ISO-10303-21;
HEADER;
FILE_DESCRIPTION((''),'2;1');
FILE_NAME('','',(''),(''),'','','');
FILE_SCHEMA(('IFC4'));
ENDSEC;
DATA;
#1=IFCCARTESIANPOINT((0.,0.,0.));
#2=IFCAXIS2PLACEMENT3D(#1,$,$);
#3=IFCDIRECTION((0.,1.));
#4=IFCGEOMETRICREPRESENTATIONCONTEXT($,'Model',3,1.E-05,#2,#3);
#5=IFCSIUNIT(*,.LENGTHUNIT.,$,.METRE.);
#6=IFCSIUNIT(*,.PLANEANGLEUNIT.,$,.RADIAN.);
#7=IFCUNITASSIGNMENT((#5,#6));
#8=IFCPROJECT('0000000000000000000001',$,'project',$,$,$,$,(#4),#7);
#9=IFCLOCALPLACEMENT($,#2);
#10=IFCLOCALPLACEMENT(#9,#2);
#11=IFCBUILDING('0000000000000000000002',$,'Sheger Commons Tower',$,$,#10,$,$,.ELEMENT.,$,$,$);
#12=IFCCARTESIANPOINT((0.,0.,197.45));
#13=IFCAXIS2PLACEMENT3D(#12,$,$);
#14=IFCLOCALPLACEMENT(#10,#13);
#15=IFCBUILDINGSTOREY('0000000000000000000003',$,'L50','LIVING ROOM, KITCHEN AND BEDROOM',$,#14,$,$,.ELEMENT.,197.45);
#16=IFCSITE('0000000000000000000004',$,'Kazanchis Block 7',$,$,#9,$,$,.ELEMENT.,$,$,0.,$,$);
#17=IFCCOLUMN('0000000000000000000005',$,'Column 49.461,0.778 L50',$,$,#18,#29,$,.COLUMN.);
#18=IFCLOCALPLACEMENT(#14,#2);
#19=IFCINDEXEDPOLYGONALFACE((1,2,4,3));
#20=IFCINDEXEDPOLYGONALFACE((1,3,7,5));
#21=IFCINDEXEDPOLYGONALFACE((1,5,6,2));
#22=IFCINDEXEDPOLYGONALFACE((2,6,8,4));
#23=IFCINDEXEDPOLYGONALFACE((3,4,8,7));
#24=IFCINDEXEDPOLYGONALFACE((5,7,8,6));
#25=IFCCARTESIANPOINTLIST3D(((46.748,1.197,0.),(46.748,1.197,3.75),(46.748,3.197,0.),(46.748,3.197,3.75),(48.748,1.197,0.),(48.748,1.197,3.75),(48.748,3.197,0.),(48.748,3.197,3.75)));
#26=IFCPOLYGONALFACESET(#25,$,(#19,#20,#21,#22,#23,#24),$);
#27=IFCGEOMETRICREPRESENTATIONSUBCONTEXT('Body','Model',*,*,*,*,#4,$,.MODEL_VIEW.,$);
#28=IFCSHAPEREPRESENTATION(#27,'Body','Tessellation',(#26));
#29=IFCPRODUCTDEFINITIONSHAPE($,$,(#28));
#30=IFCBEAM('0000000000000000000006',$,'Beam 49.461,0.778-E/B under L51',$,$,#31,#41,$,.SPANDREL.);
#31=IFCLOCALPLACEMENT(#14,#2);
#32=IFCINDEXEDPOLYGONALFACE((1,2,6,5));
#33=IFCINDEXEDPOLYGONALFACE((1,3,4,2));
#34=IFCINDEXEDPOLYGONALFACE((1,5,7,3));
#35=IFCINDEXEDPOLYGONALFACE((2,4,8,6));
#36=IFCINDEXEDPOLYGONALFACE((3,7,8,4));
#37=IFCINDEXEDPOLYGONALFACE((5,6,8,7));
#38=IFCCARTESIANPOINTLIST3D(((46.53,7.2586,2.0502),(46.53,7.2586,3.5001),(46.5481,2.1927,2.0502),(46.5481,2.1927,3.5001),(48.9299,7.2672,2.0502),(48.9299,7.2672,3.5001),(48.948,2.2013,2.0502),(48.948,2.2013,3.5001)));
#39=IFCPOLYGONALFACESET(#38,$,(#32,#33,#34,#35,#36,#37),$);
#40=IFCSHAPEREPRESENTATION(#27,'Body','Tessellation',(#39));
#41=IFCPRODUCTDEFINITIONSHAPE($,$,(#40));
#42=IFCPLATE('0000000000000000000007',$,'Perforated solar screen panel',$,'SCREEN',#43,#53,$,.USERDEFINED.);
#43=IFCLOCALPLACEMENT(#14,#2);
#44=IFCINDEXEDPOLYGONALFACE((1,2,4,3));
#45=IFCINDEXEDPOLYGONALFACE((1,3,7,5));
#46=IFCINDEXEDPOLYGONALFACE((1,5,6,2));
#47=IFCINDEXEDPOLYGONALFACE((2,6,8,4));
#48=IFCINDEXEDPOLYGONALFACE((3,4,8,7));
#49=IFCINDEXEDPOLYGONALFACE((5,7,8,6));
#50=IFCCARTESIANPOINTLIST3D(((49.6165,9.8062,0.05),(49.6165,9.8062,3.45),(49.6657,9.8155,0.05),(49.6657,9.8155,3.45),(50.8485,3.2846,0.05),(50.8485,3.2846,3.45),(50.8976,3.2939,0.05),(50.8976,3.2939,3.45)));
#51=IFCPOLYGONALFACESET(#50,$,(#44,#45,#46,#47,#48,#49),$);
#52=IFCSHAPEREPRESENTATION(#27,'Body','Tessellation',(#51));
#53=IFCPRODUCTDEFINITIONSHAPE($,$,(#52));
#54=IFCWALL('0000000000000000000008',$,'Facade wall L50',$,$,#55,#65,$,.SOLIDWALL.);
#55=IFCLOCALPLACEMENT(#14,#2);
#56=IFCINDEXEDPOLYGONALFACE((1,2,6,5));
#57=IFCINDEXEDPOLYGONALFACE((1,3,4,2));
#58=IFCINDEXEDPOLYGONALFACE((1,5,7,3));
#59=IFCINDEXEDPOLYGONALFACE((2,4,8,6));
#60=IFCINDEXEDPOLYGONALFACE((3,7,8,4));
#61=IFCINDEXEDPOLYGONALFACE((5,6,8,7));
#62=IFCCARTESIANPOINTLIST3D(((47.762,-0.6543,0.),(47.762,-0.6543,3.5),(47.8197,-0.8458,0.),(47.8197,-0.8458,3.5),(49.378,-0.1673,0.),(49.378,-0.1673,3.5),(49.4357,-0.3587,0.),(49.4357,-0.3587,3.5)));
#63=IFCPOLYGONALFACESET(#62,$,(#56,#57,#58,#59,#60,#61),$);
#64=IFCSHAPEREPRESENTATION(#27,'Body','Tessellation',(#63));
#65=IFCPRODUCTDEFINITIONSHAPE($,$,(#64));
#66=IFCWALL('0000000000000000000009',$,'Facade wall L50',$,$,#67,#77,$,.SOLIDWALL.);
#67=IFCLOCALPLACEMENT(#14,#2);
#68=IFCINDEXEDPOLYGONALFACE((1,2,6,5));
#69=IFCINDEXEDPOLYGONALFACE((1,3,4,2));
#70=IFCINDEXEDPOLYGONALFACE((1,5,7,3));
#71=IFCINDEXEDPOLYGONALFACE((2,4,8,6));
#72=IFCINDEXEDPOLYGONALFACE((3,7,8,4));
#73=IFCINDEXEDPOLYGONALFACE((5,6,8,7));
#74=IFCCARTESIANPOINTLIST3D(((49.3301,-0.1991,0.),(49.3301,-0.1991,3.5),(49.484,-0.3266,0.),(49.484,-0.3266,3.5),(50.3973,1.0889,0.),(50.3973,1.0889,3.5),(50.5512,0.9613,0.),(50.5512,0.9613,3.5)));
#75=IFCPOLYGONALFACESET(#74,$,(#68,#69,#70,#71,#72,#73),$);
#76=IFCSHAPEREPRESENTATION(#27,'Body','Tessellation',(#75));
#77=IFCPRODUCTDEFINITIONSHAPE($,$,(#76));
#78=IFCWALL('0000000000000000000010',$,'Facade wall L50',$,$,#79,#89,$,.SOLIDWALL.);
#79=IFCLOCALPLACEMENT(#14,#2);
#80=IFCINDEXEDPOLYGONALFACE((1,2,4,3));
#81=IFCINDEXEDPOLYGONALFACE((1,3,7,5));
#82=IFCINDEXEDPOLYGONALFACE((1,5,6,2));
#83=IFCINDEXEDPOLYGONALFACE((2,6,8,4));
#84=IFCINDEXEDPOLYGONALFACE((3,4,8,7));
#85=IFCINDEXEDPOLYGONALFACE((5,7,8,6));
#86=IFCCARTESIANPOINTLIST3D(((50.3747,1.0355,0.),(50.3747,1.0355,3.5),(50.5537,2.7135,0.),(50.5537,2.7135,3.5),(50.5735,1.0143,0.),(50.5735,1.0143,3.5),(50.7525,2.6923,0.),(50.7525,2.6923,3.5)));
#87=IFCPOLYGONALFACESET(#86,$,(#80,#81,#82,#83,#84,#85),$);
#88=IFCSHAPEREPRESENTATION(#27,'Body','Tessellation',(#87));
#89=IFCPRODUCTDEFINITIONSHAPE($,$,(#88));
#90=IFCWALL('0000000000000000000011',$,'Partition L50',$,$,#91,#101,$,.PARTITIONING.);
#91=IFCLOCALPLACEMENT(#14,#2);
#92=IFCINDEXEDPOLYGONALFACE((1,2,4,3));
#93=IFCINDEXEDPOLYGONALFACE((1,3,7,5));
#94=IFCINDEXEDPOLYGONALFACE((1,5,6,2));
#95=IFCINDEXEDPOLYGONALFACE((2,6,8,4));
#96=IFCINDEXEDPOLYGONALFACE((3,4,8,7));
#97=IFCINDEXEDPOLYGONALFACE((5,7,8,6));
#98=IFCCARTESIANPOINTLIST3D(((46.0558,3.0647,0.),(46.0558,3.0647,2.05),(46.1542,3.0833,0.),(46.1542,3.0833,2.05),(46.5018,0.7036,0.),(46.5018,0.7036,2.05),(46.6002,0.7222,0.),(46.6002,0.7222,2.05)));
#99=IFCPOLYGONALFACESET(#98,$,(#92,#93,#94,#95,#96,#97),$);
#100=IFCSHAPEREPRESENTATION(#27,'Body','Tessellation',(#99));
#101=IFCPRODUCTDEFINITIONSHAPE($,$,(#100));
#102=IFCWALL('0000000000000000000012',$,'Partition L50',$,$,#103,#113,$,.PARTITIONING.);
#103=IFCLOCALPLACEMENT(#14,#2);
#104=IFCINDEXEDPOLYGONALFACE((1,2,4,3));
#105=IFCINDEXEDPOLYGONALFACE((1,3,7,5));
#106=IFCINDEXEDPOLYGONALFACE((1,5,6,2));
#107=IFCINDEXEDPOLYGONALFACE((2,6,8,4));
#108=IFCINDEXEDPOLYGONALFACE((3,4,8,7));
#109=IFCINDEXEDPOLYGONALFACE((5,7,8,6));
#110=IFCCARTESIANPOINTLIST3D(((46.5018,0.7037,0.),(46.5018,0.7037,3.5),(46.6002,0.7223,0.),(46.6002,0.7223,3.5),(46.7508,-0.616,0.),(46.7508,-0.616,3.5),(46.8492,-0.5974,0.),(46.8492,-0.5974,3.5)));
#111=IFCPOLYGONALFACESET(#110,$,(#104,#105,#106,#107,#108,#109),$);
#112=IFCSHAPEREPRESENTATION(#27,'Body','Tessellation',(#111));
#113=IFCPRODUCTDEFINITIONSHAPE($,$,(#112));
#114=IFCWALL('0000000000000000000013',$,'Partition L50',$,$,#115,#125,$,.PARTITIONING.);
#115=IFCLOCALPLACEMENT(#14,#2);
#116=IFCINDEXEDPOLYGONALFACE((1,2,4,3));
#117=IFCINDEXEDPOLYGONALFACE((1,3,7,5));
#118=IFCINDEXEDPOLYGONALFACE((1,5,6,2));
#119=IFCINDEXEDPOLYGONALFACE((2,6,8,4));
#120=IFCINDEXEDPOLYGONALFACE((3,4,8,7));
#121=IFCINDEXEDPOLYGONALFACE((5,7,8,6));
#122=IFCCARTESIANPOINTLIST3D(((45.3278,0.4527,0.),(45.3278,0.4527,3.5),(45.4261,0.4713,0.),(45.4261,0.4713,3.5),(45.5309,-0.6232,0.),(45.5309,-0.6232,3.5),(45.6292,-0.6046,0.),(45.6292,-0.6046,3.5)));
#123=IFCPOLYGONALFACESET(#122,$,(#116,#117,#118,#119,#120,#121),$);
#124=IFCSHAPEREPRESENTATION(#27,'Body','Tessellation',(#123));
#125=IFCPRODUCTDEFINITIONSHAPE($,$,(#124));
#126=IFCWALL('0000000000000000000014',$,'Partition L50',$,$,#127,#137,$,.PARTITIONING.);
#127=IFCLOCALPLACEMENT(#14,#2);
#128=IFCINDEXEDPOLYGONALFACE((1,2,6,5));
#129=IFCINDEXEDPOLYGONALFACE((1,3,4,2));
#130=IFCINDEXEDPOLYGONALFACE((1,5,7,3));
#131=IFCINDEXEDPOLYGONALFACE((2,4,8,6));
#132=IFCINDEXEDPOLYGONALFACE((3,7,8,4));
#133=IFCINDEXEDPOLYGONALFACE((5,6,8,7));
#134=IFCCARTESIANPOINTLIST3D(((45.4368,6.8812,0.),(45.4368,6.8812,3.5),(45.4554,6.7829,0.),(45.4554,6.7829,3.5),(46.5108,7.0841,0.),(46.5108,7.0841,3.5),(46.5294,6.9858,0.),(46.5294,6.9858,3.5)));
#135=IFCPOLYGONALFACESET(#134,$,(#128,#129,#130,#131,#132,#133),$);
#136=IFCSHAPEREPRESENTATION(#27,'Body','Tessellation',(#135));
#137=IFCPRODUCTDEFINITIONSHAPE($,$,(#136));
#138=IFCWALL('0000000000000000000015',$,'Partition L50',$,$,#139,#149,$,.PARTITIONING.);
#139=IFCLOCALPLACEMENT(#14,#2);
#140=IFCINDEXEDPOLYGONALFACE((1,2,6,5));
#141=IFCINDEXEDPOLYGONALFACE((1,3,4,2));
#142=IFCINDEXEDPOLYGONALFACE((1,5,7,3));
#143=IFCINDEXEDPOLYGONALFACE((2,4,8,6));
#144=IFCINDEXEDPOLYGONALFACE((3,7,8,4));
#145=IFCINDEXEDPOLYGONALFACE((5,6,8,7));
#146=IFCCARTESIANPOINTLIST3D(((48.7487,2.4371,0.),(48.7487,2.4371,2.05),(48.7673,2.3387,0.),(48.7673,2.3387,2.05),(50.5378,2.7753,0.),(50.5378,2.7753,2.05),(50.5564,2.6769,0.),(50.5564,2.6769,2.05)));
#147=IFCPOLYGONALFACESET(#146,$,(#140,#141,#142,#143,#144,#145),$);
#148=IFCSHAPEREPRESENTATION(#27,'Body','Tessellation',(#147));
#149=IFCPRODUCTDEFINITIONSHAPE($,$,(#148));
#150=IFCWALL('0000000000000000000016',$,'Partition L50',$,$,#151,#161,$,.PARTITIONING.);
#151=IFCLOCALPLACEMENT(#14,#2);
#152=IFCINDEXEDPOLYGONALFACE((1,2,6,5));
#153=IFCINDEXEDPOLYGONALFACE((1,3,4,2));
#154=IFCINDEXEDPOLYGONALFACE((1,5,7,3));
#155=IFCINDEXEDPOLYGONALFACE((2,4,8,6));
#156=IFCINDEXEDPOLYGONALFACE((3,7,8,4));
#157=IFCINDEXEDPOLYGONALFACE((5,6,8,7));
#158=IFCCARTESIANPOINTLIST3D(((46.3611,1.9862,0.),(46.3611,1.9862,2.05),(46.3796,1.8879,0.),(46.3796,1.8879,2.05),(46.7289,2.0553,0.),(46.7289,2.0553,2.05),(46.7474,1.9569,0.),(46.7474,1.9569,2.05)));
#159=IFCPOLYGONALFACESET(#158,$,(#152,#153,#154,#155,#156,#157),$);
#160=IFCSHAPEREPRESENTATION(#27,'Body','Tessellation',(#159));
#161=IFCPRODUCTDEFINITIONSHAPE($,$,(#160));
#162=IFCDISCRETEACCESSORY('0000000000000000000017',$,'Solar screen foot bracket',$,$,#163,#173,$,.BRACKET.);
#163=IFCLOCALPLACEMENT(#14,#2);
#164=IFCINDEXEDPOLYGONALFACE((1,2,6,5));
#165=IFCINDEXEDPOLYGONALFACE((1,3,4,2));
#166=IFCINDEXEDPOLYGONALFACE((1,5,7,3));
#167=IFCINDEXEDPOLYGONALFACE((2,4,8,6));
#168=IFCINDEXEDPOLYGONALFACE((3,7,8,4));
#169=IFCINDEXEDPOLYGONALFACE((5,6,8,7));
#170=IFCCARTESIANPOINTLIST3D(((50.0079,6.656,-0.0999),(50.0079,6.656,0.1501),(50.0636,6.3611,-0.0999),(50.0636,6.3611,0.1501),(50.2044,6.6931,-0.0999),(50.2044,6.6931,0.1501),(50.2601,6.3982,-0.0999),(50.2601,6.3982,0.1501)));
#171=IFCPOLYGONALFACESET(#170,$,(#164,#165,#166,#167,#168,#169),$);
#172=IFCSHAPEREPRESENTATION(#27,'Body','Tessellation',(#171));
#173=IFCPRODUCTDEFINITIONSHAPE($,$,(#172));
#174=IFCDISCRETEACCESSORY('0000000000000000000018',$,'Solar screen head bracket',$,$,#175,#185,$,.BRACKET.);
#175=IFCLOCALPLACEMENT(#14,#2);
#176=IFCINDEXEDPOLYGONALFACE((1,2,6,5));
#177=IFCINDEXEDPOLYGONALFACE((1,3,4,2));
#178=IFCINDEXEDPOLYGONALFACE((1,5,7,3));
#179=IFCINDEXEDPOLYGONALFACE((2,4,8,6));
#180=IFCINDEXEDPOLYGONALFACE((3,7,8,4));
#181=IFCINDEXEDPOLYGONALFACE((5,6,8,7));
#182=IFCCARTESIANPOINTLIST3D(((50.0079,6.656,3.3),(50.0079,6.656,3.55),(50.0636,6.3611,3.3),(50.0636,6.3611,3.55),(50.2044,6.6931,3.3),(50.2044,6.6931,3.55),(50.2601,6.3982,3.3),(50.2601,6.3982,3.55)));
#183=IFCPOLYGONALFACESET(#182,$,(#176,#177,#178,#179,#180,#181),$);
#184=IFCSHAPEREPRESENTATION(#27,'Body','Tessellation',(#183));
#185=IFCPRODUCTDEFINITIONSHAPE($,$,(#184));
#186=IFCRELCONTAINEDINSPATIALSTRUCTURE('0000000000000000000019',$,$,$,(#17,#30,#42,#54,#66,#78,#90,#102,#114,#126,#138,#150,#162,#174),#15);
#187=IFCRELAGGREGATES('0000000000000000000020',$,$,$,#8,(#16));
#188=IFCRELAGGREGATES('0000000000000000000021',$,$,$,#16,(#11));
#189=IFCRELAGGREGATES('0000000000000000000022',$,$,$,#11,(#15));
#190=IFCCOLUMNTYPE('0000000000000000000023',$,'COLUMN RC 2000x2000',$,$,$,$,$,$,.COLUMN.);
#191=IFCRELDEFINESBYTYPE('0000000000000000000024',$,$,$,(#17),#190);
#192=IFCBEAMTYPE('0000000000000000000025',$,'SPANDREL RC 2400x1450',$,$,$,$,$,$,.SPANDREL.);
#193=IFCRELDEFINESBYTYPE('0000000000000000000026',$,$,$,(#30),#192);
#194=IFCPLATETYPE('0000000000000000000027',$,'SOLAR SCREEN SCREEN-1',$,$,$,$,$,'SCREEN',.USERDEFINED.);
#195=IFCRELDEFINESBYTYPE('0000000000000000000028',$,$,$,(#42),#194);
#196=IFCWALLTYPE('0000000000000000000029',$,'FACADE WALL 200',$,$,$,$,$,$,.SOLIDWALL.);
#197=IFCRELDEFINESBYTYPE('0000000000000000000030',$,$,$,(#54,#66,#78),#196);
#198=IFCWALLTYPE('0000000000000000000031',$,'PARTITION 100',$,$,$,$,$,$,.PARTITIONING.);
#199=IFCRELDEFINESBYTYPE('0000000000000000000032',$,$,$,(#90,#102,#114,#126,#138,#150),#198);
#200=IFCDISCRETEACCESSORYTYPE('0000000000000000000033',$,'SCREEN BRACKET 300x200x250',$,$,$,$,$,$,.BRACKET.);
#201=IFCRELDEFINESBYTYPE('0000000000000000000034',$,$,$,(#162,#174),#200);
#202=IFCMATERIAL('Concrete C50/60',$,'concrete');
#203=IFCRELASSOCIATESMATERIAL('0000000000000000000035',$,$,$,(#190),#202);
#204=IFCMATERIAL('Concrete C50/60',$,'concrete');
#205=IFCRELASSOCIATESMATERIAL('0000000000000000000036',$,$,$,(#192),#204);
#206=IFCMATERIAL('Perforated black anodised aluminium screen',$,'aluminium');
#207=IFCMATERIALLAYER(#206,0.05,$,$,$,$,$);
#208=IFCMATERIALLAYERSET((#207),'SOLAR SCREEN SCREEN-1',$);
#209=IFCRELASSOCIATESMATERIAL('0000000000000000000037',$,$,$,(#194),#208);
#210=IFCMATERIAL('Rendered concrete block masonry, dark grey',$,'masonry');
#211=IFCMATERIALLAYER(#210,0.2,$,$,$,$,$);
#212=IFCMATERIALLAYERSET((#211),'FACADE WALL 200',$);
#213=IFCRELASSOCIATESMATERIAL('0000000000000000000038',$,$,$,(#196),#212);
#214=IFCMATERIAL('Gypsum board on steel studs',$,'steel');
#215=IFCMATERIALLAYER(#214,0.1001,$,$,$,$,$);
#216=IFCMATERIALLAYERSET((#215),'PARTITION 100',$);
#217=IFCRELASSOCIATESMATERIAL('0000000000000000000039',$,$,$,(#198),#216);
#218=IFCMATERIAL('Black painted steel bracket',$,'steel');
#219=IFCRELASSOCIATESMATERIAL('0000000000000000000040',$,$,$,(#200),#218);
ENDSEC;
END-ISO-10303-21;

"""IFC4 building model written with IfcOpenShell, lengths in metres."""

from ifc_helpers import new_model, si_unit, direction, frame, frame_2d, origin, origin_2d, place, context, subcontext, project, spatial, rectangle, extrude, material, layer, layer_set, material_profile, profile_set, type_object, element, save


model = new_model("IFC4")

# Units and contexts
model_context = context("Model", 3, precision=1e-05, world=origin(), true_north=direction((0.0, 1.0)))
body_context = subcontext(model_context, "Body", "Model", "MODEL_VIEW")
ifc_project = project(units=[si_unit("LENGTHUNIT", "METRE"), si_unit("PLANEANGLEUNIT", "RADIAN")], contexts=[model_context])

# Site, building, storey
site_placement = place(None, origin())
site = spatial("IfcSite", under=ifc_project, at=site_placement, Name="Kazanchis Block 7", CompositionType="ELEMENT", RefElevation=0.0)
building_placement = place(site_placement, origin())
building = spatial("IfcBuilding", under=site, at=building_placement, Name="Sheger Commons Tower", CompositionType="ELEMENT")
storey_placement = place(building_placement, frame((0.0, 0.0, 197.45)))
storey = spatial("IfcBuildingStorey", under=building, at=storey_placement, Name="L50", Description="LIVING ROOM, KITCHEN AND BEDROOM", CompositionType="ELEMENT", Elevation=197.45)

# Column
ifc_material_1 = material(Name="Concrete C50/60", Category="concrete")
ifc_material_profile_1 = material_profile(ifc_material_1, rectangle(XDim=2.0, YDim=2.0, at=origin_2d()), Name="RC 2000x2000")
ifc_profile_set_1 = profile_set([ifc_material_profile_1], Name="Concrete C50/60")
column_type = type_object("IfcColumnType", Name="COLUMN RC 2000x2000", PredefinedType="COLUMN", material=ifc_profile_set_1)
column_placement = place(storey_placement, frame((47.748, 2.197, 0.0), z_axis=(0.0, 0.0, 1.0), x_axis=(1.0, 0.0, 0.0)))
element("IfcColumn", 1, at=column_placement, inside=storey, type_object=column_type, Name="Column 49.461,0.778 L50", PredefinedType="COLUMN", context=body_context, shape_type="SweptSolid", body=[
    extrude(rectangle(XDim=2.0, YDim=2.0, at=origin_2d()), origin(), (0.0, 0.0, 1.0), 3.75),
])

# Beam
ifc_material_2 = material(Name="Concrete C50/60", Category="concrete")
ifc_material_profile_2 = material_profile(ifc_material_2, rectangle(XDim=2.3999, YDim=1.45, at=origin_2d()), Name="RC 2400x1450")
ifc_profile_set_2 = profile_set([ifc_material_profile_2], Name="Concrete C50/60")
beam_type = type_object("IfcBeamType", Name="SPANDREL RC 2400x1450", PredefinedType="SPANDREL", material=ifc_profile_set_2)
beam_placement = place(storey_placement, frame((47.748, 2.197, 2.7751), z_axis=(-0.003566, 0.999994, 0.0), x_axis=(-0.999994, -0.003566, 0.0)))
element("IfcBeam", 2, at=beam_placement, inside=storey, type_object=beam_type, Name="Beam 49.461,0.778-E/B under L51", PredefinedType="SPANDREL", context=body_context, shape_type="SweptSolid", body=[
    extrude(rectangle(XDim=2.3999, YDim=1.45, at=origin_2d()), origin(), (0.0, 0.0, 1.0), 5.0659),
])

# Plate
ifc_material_3 = material(Name="Perforated black anodised aluminium screen", Category="aluminium")
ifc_layer_1 = layer(ifc_material_3, 0.05)
ifc_layer_set_1 = layer_set([ifc_layer_1], Name="SOLAR SCREEN SCREEN-1")
plate_type = type_object("IfcPlateType", Name="SOLAR SCREEN SCREEN-1", ElementType="SCREEN", PredefinedType="USERDEFINED", material=ifc_layer_set_1)
plate_placement = place(storey_placement, frame((50.2571, 6.55, 0.05), z_axis=(0.0, 0.0, 1.0), x_axis=(-0.185615, 0.982623, 0.0)))
element("IfcPlate", 3, at=plate_placement, inside=storey, type_object=plate_type, Name="Perforated solar screen panel", ObjectType="SCREEN", PredefinedType="USERDEFINED", context=body_context, shape_type="SweptSolid", body=[
    extrude(rectangle(XDim=6.637, YDim=0.05, at=origin_2d()), origin(), (0.0, 0.0, 1.0), 3.3999),
])

# Walls
ifc_material_4 = material(Name="Rendered concrete block masonry, dark grey", Category="masonry")
ifc_layer_2 = layer(ifc_material_4, 0.2)
ifc_layer_set_2 = layer_set([ifc_layer_2], Name="FACADE WALL 200")
wall_type_1 = type_object("IfcWallType", Name="FACADE WALL 200", PredefinedType="SOLIDWALL", material=ifc_layer_set_2)
wall_1_placement = place(storey_placement, frame((47.791, -0.75, 0.0), z_axis=(0.0, 0.0, 1.0), x_axis=(0.957455, 0.288582, 0.0)))
element("IfcWall", 4, at=wall_1_placement, inside=storey, type_object=wall_type_1, Name="Facade wall L50", PredefinedType="SOLIDWALL", context=body_context, shape_type="SweptSolid", body=[
    extrude(rectangle(XDim=1.6877, YDim=0.2, at=frame_2d((0.8438, 0.0))), origin(), (0.0, 0.0, 1.0), 3.5),
])
wall_2_placement = place(storey_placement, frame((49.407, -0.2629, 0.0), z_axis=(0.0, 0.0, 1.0), x_axis=(0.638043, 0.770001, 0.0)))
element("IfcWall", 5, at=wall_2_placement, inside=storey, type_object=wall_type_1, Name="Facade wall L50", PredefinedType="SOLIDWALL", context=body_context, shape_type="SweptSolid", body=[
    extrude(rectangle(XDim=1.6726, YDim=0.2, at=frame_2d((0.8364, 0.0))), origin(), (0.0, 0.0, 1.0), 3.5),
])
wall_3_placement = place(storey_placement, frame((50.4741, 1.0249, 0.0), z_axis=(0.0, 0.0, 1.0), x_axis=(0.106048, 0.994361, 0.0)))
element("IfcWall", 6, at=wall_3_placement, inside=storey, type_object=wall_type_1, Name="Facade wall L50", PredefinedType="SOLIDWALL", context=body_context, shape_type="SweptSolid", body=[
    extrude(rectangle(XDim=1.6875, YDim=0.2, at=frame_2d((0.8438, 0.0))), origin(), (0.0, 0.0, 1.0), 3.5),
])

# Walls
ifc_material_5 = material(Name="Gypsum board on steel studs", Category="steel")
ifc_layer_3 = layer(ifc_material_5, 0.1001)
ifc_layer_set_3 = layer_set([ifc_layer_3], Name="PARTITION 100")
wall_type_2 = type_object("IfcWallType", Name="PARTITION 100", PredefinedType="PARTITIONING", material=ifc_layer_set_3)
wall_4_placement = place(storey_placement, frame((46.105, 3.074, 0.0), z_axis=(0.0, 0.0, 1.0), x_axis=(0.185632, -0.982619, 0.0)))
element("IfcWall", 7, at=wall_4_placement, inside=storey, type_object=wall_type_2, Name="Partition L50", PredefinedType="PARTITIONING", context=body_context, shape_type="SweptSolid", body=[
    extrude(rectangle(XDim=2.4028, YDim=0.1001, at=frame_2d((1.2014, 0.0))), origin(), (0.0, 0.0, 1.0), 2.05),
])
wall_5_placement = place(storey_placement, frame((46.551, 0.7129, 0.0), z_axis=(0.0, 0.0, 1.0), x_axis=(0.185408, -0.982662, 0.0)))
element("IfcWall", 8, at=wall_5_placement, inside=storey, type_object=wall_type_2, Name="Partition L50", PredefinedType="PARTITIONING", context=body_context, shape_type="SweptSolid", body=[
    extrude(rectangle(XDim=1.343, YDim=0.1001, at=frame_2d((0.6714, 0.0))), origin(), (0.0, 0.0, 1.0), 3.5),
])
wall_6_placement = place(storey_placement, frame((45.377, 0.4619, 0.0), z_axis=(0.0, 0.0, 1.0), x_axis=(0.185513, -0.982642, 0.0)))
element("IfcWall", 9, at=wall_6_placement, inside=storey, type_object=wall_type_2, Name="Partition L50", PredefinedType="PARTITIONING", context=body_context, shape_type="SweptSolid", body=[
    extrude(rectangle(XDim=1.095, YDim=0.1001, at=frame_2d((0.5474, 0.0))), origin(), (0.0, 0.0, 1.0), 3.5),
])
wall_7_placement = place(storey_placement, frame((46.52, 7.0349, 0.0), z_axis=(0.0, 0.0, 1.0), x_axis=(-0.982621, -0.185624, 0.0)))
element("IfcWall", 10, at=wall_7_placement, inside=storey, type_object=wall_type_2, Name="Partition L50", PredefinedType="PARTITIONING", context=body_context, shape_type="SweptSolid", body=[
    extrude(rectangle(XDim=1.093, YDim=0.1001, at=frame_2d((0.5464, 0.0))), origin(), (0.0, 0.0, 1.0), 3.5),
])
wall_8_placement = place(storey_placement, frame((50.5471, 2.7261, 0.0), z_axis=(0.0, 0.0, 1.0), x_axis=(-0.982604, -0.185713, 0.0)))
element("IfcWall", 11, at=wall_8_placement, inside=storey, type_object=wall_type_2, Name="Partition L50", PredefinedType="PARTITIONING", context=body_context, shape_type="SweptSolid", body=[
    extrude(rectangle(XDim=1.8208, YDim=0.1001, at=frame_2d((0.9104, 0.0))), origin(), (0.0, 0.0, 1.0), 2.05),
])
wall_9_placement = place(storey_placement, frame((46.738, 2.0061, 0.0), z_axis=(0.0, 0.0, 1.0), x_axis=(-0.98282, -0.184564, 0.0)))
element("IfcWall", 12, at=wall_9_placement, inside=storey, type_object=wall_type_2, Name="Partition L50", PredefinedType="PARTITIONING", context=body_context, shape_type="SweptSolid", body=[
    extrude(rectangle(XDim=0.3743, YDim=0.1001, at=frame_2d((0.187, 0.0))), origin(), (0.0, 0.0, 1.0), 2.05),
])

# Discrete accessories
ifc_material_6 = material(Name="Black painted steel bracket", Category="steel")
discrete_accessory_type = type_object("IfcDiscreteAccessoryType", Name="SCREEN BRACKET 300x200x250", PredefinedType="BRACKET", material=ifc_material_6)
for number, where, z_axis, x_axis, name in (
    (13, (50.134, 6.5271, -0.0999), (0.0, 0.0, 1.0), (-0.185615, 0.982623, 0.0), "Solar screen foot bracket"),
    (14, (50.134, 6.5271, 3.3), (0.0, 0.0, 1.0), (-0.185615, 0.982623, 0.0), "Solar screen head bracket"),
):
    element("IfcDiscreteAccessory", number, at=place(storey_placement, frame(where, z_axis=z_axis, x_axis=x_axis)), inside=storey, type_object=discrete_accessory_type, Name=name, PredefinedType="BRACKET", context=body_context, shape_type="SweptSolid", body=[
        extrude(rectangle(XDim=0.3, YDim=0.2, at=origin_2d()), origin(), (0.0, 0.0, 1.0), 0.25),
    ])

save(model, "model.ifc")
